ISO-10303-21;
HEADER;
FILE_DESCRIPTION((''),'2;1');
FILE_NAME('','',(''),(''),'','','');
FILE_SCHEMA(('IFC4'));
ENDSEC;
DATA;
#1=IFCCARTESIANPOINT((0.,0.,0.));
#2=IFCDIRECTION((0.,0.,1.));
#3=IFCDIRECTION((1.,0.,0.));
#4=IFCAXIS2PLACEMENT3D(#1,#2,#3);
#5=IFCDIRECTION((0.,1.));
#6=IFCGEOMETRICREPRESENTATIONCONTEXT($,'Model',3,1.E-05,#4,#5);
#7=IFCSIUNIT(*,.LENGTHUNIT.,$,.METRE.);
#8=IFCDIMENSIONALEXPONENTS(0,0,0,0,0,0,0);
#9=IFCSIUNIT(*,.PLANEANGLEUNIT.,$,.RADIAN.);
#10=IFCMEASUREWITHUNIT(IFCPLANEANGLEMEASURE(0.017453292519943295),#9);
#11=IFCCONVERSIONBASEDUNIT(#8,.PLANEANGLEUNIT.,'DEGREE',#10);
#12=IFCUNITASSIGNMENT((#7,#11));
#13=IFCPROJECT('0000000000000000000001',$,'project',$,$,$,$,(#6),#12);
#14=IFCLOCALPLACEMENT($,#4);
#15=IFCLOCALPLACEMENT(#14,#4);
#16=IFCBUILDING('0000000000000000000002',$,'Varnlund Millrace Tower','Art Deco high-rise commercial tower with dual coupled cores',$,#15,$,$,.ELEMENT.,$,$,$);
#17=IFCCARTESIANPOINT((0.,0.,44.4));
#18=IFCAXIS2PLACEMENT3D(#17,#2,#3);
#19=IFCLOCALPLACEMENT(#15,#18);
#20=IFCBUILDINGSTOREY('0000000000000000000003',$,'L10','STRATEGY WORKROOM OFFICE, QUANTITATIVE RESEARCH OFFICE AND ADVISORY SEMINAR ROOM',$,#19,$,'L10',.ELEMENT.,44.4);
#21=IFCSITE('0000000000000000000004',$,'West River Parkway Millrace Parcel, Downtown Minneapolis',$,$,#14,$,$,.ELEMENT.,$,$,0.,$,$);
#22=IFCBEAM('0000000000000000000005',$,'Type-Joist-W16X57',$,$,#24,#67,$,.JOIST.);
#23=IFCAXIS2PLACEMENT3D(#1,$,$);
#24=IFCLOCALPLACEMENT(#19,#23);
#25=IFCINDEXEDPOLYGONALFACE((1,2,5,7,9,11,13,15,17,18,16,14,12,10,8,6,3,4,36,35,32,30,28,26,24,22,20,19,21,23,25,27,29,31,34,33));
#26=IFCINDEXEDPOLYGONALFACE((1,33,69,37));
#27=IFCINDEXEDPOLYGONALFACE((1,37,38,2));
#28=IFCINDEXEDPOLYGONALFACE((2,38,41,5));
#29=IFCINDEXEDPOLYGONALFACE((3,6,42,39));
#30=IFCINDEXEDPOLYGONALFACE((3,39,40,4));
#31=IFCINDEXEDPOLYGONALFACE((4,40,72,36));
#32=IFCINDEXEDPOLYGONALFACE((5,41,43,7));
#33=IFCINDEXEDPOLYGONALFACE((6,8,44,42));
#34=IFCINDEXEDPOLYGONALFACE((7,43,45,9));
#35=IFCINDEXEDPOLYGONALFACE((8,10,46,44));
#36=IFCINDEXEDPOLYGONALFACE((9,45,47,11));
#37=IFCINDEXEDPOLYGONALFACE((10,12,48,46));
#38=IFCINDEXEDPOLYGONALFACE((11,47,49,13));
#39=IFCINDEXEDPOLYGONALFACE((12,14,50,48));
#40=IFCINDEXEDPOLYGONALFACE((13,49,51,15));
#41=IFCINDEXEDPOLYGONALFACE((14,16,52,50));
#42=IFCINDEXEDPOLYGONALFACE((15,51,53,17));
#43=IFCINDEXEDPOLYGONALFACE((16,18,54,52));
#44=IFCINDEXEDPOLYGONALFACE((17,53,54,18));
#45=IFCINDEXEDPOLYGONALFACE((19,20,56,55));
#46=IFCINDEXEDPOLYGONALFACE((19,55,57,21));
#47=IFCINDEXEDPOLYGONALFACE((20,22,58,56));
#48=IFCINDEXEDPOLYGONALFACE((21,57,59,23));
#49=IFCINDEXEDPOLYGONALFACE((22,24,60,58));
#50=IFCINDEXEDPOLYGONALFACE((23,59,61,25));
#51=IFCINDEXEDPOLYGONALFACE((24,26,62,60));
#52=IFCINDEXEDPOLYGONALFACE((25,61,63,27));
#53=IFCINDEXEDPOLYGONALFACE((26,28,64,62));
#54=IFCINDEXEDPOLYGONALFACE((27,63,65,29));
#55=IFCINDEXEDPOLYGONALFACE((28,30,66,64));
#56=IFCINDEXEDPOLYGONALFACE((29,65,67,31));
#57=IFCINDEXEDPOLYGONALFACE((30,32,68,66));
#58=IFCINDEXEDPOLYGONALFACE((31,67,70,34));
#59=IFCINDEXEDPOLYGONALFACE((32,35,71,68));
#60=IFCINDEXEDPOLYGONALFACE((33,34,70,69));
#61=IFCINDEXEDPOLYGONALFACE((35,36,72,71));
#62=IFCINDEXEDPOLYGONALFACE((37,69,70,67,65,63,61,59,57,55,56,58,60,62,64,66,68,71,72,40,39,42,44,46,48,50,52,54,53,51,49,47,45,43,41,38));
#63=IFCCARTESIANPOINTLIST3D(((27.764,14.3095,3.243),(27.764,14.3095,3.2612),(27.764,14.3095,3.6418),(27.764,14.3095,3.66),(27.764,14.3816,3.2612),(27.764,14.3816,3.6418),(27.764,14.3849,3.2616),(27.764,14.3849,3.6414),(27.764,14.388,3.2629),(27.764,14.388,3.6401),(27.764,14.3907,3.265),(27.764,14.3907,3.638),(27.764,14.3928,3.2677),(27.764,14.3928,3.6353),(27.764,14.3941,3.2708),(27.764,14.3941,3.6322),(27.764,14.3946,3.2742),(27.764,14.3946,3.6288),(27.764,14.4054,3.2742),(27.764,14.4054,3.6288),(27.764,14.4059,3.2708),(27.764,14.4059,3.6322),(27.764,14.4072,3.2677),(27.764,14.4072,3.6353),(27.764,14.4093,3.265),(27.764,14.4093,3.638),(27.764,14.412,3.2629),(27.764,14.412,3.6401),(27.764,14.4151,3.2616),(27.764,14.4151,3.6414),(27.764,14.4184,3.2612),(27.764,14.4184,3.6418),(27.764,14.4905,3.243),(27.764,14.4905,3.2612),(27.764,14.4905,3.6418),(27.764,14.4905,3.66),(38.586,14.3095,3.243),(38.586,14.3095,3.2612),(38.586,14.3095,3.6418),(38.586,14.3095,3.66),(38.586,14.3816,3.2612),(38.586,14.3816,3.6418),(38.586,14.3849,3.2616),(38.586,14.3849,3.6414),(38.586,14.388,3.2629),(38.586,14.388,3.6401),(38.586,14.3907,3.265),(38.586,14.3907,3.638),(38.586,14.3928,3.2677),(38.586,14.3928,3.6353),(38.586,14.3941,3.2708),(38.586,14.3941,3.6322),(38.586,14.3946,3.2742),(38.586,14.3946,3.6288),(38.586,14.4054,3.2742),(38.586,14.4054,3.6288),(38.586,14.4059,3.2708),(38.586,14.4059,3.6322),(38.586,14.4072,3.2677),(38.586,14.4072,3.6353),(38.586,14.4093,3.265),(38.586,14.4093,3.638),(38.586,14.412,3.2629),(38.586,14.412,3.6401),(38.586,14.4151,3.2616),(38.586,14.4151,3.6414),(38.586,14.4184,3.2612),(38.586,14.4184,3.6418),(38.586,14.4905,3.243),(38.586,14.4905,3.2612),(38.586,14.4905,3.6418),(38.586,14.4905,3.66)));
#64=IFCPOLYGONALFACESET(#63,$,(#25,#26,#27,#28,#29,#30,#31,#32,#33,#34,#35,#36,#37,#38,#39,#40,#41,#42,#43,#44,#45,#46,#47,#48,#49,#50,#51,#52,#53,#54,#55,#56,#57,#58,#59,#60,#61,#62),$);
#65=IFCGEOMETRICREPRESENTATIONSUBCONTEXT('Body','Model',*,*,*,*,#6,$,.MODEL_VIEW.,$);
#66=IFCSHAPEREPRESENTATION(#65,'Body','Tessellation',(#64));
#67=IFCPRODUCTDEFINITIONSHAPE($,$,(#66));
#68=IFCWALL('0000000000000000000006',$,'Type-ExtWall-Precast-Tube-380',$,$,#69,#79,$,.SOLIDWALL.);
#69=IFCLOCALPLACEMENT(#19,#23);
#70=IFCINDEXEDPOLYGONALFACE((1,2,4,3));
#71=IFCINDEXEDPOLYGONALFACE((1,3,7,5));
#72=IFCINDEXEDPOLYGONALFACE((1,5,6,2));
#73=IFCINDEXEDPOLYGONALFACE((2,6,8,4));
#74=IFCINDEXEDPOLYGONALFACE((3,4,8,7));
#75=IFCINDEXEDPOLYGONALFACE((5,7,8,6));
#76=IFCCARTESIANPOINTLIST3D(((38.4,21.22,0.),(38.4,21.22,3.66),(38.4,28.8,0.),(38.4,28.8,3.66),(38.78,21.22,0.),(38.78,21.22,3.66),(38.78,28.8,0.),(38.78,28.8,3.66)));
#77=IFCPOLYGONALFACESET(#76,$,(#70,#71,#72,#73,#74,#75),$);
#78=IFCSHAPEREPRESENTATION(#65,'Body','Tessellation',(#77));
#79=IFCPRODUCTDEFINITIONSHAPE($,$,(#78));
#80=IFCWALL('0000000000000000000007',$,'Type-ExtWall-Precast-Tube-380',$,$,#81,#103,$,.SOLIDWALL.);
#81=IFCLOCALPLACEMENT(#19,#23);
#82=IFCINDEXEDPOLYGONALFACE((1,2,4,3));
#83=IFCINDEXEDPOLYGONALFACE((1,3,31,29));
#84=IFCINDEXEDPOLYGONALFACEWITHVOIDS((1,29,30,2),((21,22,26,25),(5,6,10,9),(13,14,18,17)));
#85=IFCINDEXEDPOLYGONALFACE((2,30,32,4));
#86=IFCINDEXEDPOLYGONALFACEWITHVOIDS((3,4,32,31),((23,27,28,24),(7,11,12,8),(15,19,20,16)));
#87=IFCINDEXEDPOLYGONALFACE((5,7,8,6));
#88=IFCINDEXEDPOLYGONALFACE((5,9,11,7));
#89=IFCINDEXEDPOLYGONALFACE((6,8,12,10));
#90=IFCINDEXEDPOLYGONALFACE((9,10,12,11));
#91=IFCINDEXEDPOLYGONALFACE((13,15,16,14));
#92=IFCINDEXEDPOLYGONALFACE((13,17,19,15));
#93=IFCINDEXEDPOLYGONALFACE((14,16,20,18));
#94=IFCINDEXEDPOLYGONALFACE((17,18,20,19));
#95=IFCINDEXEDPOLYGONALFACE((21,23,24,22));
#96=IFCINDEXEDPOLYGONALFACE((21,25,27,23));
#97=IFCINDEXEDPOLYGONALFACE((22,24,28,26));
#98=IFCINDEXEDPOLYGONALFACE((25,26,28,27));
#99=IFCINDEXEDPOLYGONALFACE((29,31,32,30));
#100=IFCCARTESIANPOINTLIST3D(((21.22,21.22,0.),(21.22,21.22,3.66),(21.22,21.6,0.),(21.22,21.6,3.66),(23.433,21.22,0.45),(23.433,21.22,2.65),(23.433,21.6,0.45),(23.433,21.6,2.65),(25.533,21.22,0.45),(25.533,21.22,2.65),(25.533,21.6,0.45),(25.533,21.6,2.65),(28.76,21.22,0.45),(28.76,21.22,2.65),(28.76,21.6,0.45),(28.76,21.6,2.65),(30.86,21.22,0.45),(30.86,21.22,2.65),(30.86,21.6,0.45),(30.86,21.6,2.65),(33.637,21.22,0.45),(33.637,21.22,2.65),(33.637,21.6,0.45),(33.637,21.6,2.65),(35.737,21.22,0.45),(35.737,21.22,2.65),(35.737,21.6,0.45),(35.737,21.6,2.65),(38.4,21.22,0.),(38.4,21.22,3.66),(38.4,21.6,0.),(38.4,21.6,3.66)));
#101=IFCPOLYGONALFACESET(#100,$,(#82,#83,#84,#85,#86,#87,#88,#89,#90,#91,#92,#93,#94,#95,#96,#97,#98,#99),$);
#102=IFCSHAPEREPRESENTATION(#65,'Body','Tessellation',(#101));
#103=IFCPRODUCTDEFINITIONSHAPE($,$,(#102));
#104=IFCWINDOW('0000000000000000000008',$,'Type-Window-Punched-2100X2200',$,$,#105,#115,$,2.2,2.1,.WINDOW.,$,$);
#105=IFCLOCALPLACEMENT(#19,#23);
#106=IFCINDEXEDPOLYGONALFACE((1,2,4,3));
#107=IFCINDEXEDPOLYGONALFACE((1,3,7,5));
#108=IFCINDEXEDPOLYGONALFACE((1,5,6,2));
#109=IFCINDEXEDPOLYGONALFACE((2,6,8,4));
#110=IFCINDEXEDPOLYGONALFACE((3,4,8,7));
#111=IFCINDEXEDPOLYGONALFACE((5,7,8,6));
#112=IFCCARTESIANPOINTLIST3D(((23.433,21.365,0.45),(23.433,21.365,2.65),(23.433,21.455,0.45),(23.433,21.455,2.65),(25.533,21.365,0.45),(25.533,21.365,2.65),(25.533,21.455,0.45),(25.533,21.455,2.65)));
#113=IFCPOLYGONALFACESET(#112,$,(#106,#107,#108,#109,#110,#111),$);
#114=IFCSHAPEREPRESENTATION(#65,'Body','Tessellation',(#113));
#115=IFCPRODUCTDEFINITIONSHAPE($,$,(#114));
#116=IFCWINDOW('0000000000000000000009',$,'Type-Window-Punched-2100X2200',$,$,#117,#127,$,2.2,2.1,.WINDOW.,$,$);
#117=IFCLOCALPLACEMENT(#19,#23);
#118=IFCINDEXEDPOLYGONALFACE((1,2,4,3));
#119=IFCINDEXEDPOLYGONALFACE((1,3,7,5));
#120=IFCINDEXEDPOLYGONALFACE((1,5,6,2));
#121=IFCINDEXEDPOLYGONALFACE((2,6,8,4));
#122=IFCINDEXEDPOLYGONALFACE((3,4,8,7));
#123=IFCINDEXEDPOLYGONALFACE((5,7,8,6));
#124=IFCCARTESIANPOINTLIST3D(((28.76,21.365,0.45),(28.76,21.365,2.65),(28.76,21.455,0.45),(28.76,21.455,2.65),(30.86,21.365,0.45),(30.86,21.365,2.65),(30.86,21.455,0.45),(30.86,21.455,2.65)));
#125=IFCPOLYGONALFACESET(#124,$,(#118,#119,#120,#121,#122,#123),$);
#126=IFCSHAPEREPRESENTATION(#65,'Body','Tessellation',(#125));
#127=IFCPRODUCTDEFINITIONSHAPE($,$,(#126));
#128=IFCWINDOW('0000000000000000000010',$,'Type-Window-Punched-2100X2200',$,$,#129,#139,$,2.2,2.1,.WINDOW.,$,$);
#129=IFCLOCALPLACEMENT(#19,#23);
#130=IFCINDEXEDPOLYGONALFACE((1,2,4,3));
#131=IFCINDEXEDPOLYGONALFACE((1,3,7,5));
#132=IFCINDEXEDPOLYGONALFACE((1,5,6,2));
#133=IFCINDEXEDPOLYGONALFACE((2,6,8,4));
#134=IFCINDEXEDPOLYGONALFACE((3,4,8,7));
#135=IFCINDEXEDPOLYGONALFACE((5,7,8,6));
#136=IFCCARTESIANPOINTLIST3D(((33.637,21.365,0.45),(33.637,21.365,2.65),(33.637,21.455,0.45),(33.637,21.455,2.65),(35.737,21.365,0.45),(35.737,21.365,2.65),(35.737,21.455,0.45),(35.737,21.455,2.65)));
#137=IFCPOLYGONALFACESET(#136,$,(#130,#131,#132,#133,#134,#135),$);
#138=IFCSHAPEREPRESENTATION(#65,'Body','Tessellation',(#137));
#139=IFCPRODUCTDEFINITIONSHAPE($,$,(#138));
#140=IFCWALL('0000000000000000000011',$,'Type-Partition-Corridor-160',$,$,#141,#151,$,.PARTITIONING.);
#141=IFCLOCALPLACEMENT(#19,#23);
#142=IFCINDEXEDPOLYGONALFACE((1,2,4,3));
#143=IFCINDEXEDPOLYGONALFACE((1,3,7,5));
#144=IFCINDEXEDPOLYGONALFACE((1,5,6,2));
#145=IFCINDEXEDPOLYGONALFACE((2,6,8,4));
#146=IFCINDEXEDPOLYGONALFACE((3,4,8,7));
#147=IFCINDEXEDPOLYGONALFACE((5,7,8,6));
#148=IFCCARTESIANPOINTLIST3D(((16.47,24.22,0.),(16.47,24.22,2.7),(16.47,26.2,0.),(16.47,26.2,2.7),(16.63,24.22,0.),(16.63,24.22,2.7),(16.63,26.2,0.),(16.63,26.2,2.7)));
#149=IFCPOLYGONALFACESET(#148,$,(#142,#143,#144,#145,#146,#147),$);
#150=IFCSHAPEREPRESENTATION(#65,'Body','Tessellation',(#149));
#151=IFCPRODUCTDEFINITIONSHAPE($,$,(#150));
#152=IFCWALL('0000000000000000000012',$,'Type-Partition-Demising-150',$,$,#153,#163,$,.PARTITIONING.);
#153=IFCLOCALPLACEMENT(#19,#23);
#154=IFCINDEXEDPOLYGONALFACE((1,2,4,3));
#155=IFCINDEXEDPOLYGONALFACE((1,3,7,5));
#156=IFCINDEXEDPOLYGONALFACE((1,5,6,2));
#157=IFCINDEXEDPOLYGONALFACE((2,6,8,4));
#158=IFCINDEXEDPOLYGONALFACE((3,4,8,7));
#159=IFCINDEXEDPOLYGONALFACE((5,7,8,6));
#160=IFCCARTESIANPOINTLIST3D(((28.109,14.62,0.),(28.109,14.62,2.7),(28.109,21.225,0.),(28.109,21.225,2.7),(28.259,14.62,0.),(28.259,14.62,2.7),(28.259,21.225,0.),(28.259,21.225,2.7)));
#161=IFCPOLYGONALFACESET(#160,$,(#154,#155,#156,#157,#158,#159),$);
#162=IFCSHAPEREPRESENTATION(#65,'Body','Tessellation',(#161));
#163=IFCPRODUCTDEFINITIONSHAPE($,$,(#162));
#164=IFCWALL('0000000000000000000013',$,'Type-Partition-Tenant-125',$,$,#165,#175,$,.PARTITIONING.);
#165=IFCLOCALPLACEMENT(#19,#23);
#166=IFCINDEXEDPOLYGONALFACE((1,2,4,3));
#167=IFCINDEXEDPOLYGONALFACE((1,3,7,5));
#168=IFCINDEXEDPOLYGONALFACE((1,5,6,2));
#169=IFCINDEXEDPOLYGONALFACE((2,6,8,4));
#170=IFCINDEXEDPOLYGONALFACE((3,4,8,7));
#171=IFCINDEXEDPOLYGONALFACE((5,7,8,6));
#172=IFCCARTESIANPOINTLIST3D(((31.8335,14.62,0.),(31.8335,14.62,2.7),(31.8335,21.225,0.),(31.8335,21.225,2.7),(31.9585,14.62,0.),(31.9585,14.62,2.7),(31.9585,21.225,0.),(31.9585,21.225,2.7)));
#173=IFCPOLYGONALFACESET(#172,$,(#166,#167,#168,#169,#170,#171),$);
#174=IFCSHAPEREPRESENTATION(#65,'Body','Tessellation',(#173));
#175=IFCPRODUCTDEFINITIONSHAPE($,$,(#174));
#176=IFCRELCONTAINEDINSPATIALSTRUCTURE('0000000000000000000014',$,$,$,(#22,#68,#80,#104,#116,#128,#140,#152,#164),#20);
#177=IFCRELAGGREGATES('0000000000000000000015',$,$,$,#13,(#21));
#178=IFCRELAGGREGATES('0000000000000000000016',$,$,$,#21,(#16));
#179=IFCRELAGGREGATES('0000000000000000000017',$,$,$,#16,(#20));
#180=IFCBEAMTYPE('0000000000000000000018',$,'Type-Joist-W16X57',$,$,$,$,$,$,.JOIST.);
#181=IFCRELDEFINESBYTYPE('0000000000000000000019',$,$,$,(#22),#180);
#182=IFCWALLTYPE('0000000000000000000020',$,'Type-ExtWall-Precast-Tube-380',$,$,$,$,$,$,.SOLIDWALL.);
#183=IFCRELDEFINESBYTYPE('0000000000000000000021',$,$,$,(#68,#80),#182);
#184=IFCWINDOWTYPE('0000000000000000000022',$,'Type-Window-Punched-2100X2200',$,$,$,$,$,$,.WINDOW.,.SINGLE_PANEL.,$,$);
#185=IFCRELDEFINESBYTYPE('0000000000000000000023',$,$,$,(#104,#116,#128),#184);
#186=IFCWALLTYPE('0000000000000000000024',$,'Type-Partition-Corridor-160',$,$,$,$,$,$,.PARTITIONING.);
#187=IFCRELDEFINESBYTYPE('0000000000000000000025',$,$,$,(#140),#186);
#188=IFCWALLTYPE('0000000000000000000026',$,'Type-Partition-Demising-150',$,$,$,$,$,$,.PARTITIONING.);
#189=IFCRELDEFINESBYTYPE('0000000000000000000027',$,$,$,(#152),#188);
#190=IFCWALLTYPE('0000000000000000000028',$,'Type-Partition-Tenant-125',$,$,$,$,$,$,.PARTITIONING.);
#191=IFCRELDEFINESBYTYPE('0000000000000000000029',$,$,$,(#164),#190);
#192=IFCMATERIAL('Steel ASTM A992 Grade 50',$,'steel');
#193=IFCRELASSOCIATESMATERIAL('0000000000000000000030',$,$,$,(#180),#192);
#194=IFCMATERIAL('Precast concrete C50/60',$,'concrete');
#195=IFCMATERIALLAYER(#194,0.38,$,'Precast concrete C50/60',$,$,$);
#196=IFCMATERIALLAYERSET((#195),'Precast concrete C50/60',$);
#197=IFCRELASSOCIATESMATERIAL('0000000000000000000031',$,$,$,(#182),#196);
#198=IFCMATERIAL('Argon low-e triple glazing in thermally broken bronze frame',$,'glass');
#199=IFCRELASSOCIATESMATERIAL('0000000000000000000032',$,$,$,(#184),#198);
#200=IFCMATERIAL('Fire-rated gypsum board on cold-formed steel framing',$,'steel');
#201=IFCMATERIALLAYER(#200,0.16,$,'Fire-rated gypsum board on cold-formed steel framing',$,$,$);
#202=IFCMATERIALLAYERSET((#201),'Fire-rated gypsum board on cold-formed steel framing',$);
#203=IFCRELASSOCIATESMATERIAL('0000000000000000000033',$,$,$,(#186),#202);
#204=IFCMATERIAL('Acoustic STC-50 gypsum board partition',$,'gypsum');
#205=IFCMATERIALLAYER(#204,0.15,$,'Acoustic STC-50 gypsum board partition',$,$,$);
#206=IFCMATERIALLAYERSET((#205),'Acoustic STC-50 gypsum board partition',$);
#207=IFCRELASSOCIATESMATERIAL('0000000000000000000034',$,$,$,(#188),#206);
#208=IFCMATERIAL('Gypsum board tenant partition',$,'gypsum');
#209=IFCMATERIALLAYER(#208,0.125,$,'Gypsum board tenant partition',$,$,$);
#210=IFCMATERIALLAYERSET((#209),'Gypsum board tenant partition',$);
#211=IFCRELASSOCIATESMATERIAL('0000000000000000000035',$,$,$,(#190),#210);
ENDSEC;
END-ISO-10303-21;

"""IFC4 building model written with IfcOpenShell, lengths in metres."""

from ifc_helpers import new_model, entity, si_unit, converted_unit, direction, frame, origin_with_axes, origin_2d_with_axis, place, context, subcontext, project, spatial, polyline, rectangle, i_section, outline, extrude, material, layer, layer_set, material_profile, profile_set, type_object, element, fill, save


model = new_model("IFC4")

# Units and contexts
model_context = context("Model", 3, precision=1e-05, world=origin_with_axes(), true_north=direction((0.0, 1.0)))
body_context = subcontext(model_context, "Body", "Model", "MODEL_VIEW")
ifc_project = project(units=[si_unit("LENGTHUNIT", "METRE"), converted_unit("PLANEANGLEUNIT", "DEGREE", entity("IfcPlaneAngleMeasure", 0.017453292519943295), si_unit("PLANEANGLEUNIT", "RADIAN"), dimensions=[0, 0, 0, 0, 0, 0, 0])], contexts=[model_context])

# Site, building, storey
site_placement = place(None, origin_with_axes())
site = spatial("IfcSite", under=ifc_project, at=site_placement, Name="West River Parkway Millrace Parcel, Downtown Minneapolis", CompositionType="ELEMENT", RefElevation=0.0)
building_placement = place(site_placement, origin_with_axes())
building = spatial("IfcBuilding", under=site, at=building_placement, Name="Varnlund Millrace Tower", Description="Art Deco high-rise commercial tower with dual coupled cores", CompositionType="ELEMENT")
storey_placement = place(building_placement, frame((0.0, 0.0, 44.4), z_axis=(0.0, 0.0, 1.0), x_axis=(1.0, 0.0, 0.0)))
storey = spatial("IfcBuildingStorey", under=building, at=storey_placement, Name="L10", Description="STRATEGY WORKROOM OFFICE, QUANTITATIVE RESEARCH OFFICE AND ADVISORY SEMINAR ROOM", LongName="L10", CompositionType="ELEMENT", Elevation=44.4)

# Beam
ifc_material_1 = material(Name="Steel ASTM A992 Grade 50", Category="steel")
ifc_material_profile_1 = material_profile(ifc_material_1, i_section(OverallWidth=0.181, OverallDepth=0.417, WebThickness=0.0109, FlangeThickness=0.0182, FilletRadius=0.013, at=origin_2d_with_axis()), Name="Steel ASTM A992 Grade 50")
ifc_profile_set_1 = profile_set([ifc_material_profile_1], Name="Steel ASTM A992 Grade 50")
beam_type_1 = type_object("IfcBeamType", Name="Type-Joist-W16X57", PredefinedType="JOIST", material=ifc_profile_set_1)
beam_1_placement = place(storey_placement, frame((27.764, 14.4, 3.4515), z_axis=(1.0, 0.0, 0.0), x_axis=(0.0, 1.0, 0.0)))
element("IfcBeam", 1, at=beam_1_placement, inside=storey, type_object=beam_type_1, Name="Type-Joist-W16X57", PredefinedType="JOIST", context=body_context, shape_type="SweptSolid", body=[
    extrude(i_section(OverallWidth=0.181, OverallDepth=0.417, WebThickness=0.0109, FlangeThickness=0.0182, FilletRadius=0.013, at=origin_2d_with_axis()), origin_with_axes(), (0.0, 0.0, 1.0), 10.822),
])

# Wall
ifc_material_2 = material(Name="Precast concrete C50/60", Category="concrete")
ifc_layer_1 = layer(ifc_material_2, 0.38, Name="Precast concrete C50/60")
ifc_layer_set_1 = layer_set([ifc_layer_1], Name="Precast concrete C50/60")
wall_type_1 = type_object("IfcWallType", Name="Type-ExtWall-Precast-Tube-380", PredefinedType="SOLIDWALL", material=ifc_layer_set_1)
wall_1_placement = place(storey_placement, frame((38.59, 21.22, 0.0), z_axis=(0.0, 0.0, 1.0), x_axis=(0.0, 1.0, 0.0)))
element("IfcWall", 2, at=wall_1_placement, inside=storey, type_object=wall_type_1, Name="Type-ExtWall-Precast-Tube-380", PredefinedType="SOLIDWALL", context=body_context, shape_type="SweptSolid", body=[
    extrude(outline(polyline([(0.0, -0.19), (7.58, -0.19), (7.58, 0.19), (0.0, 0.19), (0.0, -0.19)])), origin_with_axes(), (0.0, 0.0, 1.0), 3.66),
])

# Wall, openings, windows
wall_2_placement = place(storey_placement, frame((21.22, 21.41, 0.0), z_axis=(0.0, 0.0, 1.0), x_axis=(1.0, 0.0, 0.0)))
wall_2 = element("IfcWall", 3, at=wall_2_placement, inside=storey, type_object=wall_type_1, Name="Type-ExtWall-Precast-Tube-380", PredefinedType="SOLIDWALL", context=body_context, shape_type="SweptSolid", body=[
    extrude(outline(polyline([(0.0, -0.19), (17.18, -0.19), (17.18, 0.19), (0.0, 0.19), (0.0, -0.19)])), origin_with_axes(), (0.0, 0.0, 1.0), 3.66),
])
opening_1_placement = place(wall_2_placement, frame((3.263, 0.0, 0.45), z_axis=(0.0, 0.0, 1.0), x_axis=(1.0, 0.0, 0.0)))
opening_1 = element("IfcOpeningElement", 4, at=opening_1_placement, cuts=wall_2, PredefinedType="OPENING", context=body_context, shape_type="SweptSolid", body=[
    extrude(rectangle(XDim=2.1, YDim=0.4, at=origin_2d_with_axis()), origin_with_axes(), (0.0, 0.0, 1.0), 2.2),
])
opening_2_placement = place(wall_2_placement, frame((8.59, 0.0, 0.45), z_axis=(0.0, 0.0, 1.0), x_axis=(1.0, 0.0, 0.0)))
opening_2 = element("IfcOpeningElement", 5, at=opening_2_placement, cuts=wall_2, PredefinedType="OPENING", context=body_context, shape_type="SweptSolid", body=[
    extrude(rectangle(XDim=2.1, YDim=0.4, at=origin_2d_with_axis()), origin_with_axes(), (0.0, 0.0, 1.0), 2.2),
])
opening_3_placement = place(wall_2_placement, frame((13.467, 0.0, 0.45), z_axis=(0.0, 0.0, 1.0), x_axis=(1.0, 0.0, 0.0)))
opening_3 = element("IfcOpeningElement", 6, at=opening_3_placement, cuts=wall_2, PredefinedType="OPENING", context=body_context, shape_type="SweptSolid", body=[
    extrude(rectangle(XDim=2.1, YDim=0.4, at=origin_2d_with_axis()), origin_with_axes(), (0.0, 0.0, 1.0), 2.2),
])
ifc_material_3 = material(Name="Argon low-e triple glazing in thermally broken bronze frame", Category="glass")
window_type = type_object("IfcWindowType", Name="Type-Window-Punched-2100X2200", PartitioningType="SINGLE_PANEL", PredefinedType="WINDOW", material=ifc_material_3)
window_1_placement = place(wall_2_placement, frame((3.263, 0.0, 0.45), z_axis=(0.0, 0.0, 1.0), x_axis=(1.0, 0.0, 0.0)))
window_1 = element("IfcWindow", 7, at=window_1_placement, inside=storey, type_object=window_type, Name="Type-Window-Punched-2100X2200", OverallHeight=2.2, OverallWidth=2.1, PredefinedType="WINDOW", context=body_context, shape_type="SweptSolid", body=[
    extrude(rectangle(XDim=2.1, YDim=0.09, at=origin_2d_with_axis()), origin_with_axes(), (0.0, 0.0, 1.0), 2.2),
])
fill(opening_1, window_1)
window_2_placement = place(wall_2_placement, frame((8.59, 0.0, 0.45), z_axis=(0.0, 0.0, 1.0), x_axis=(1.0, 0.0, 0.0)))
window_2 = element("IfcWindow", 8, at=window_2_placement, inside=storey, type_object=window_type, Name="Type-Window-Punched-2100X2200", OverallHeight=2.2, OverallWidth=2.1, PredefinedType="WINDOW", context=body_context, shape_type="SweptSolid", body=[
    extrude(rectangle(XDim=2.1, YDim=0.09, at=origin_2d_with_axis()), origin_with_axes(), (0.0, 0.0, 1.0), 2.2),
])
fill(opening_2, window_2)
window_3_placement = place(wall_2_placement, frame((13.467, 0.0, 0.45), z_axis=(0.0, 0.0, 1.0), x_axis=(1.0, 0.0, 0.0)))
window_3 = element("IfcWindow", 9, at=window_3_placement, inside=storey, type_object=window_type, Name="Type-Window-Punched-2100X2200", OverallHeight=2.2, OverallWidth=2.1, PredefinedType="WINDOW", context=body_context, shape_type="SweptSolid", body=[
    extrude(rectangle(XDim=2.1, YDim=0.09, at=origin_2d_with_axis()), origin_with_axes(), (0.0, 0.0, 1.0), 2.2),
])
fill(opening_3, window_3)

# Wall
ifc_material_4 = material(Name="Fire-rated gypsum board on cold-formed steel framing", Category="steel")
ifc_layer_2 = layer(ifc_material_4, 0.16, Name="Fire-rated gypsum board on cold-formed steel framing")
ifc_layer_set_2 = layer_set([ifc_layer_2], Name="Fire-rated gypsum board on cold-formed steel framing")
wall_type_2 = type_object("IfcWallType", Name="Type-Partition-Corridor-160", PredefinedType="PARTITIONING", material=ifc_layer_set_2)
wall_3_placement = place(storey_placement, frame((16.55, 24.22, 0.0), z_axis=(0.0, 0.0, 1.0), x_axis=(0.0, 1.0, 0.0)))
element("IfcWall", 10, at=wall_3_placement, inside=storey, type_object=wall_type_2, Name="Type-Partition-Corridor-160", PredefinedType="PARTITIONING", context=body_context, shape_type="SweptSolid", body=[
    extrude(outline(polyline([(0.0, -0.08), (1.98, -0.08), (1.98, 0.08), (0.0, 0.08), (0.0, -0.08)])), origin_with_axes(), (0.0, 0.0, 1.0), 2.7),
])

# Walls
ifc_material_5 = material(Name="Acoustic STC-50 gypsum board partition", Category="gypsum")
ifc_layer_3 = layer(ifc_material_5, 0.15, Name="Acoustic STC-50 gypsum board partition")
ifc_layer_set_3 = layer_set([ifc_layer_3], Name="Acoustic STC-50 gypsum board partition")
wall_type_3 = type_object("IfcWallType", Name="Type-Partition-Demising-150", PredefinedType="PARTITIONING", material=ifc_layer_set_3)
wall_4_placement = place(storey_placement, frame((28.184, 14.62, 0.0), z_axis=(0.0, 0.0, 1.0), x_axis=(0.0, 1.0, 0.0)))
element("IfcWall", 11, at=wall_4_placement, inside=storey, type_object=wall_type_3, Name="Type-Partition-Demising-150", PredefinedType="PARTITIONING", context=body_context, shape_type="SweptSolid", body=[
    extrude(outline(polyline([(0.0, -0.075), (6.605, -0.075), (6.605, 0.075), (0.0, 0.075), (0.0, -0.075)])), origin_with_axes(), (0.0, 0.0, 1.0), 2.7),
])
ifc_material_6 = material(Name="Gypsum board tenant partition", Category="gypsum")
ifc_layer_4 = layer(ifc_material_6, 0.125, Name="Gypsum board tenant partition")
ifc_layer_set_4 = layer_set([ifc_layer_4], Name="Gypsum board tenant partition")
wall_type_4 = type_object("IfcWallType", Name="Type-Partition-Tenant-125", PredefinedType="PARTITIONING", material=ifc_layer_set_4)
wall_5_placement = place(storey_placement, frame((31.896, 14.62, 0.0), z_axis=(0.0, 0.0, 1.0), x_axis=(0.0, 1.0, 0.0)))
element("IfcWall", 12, at=wall_5_placement, inside=storey, type_object=wall_type_4, Name="Type-Partition-Tenant-125", PredefinedType="PARTITIONING", context=body_context, shape_type="SweptSolid", body=[
    extrude(outline(polyline([(0.0, -0.0625), (6.605, -0.0625), (6.605, 0.0625), (0.0, 0.0625), (0.0, -0.0625)])), origin_with_axes(), (0.0, 0.0, 1.0), 2.7),
])

save(model, "model.ifc")
